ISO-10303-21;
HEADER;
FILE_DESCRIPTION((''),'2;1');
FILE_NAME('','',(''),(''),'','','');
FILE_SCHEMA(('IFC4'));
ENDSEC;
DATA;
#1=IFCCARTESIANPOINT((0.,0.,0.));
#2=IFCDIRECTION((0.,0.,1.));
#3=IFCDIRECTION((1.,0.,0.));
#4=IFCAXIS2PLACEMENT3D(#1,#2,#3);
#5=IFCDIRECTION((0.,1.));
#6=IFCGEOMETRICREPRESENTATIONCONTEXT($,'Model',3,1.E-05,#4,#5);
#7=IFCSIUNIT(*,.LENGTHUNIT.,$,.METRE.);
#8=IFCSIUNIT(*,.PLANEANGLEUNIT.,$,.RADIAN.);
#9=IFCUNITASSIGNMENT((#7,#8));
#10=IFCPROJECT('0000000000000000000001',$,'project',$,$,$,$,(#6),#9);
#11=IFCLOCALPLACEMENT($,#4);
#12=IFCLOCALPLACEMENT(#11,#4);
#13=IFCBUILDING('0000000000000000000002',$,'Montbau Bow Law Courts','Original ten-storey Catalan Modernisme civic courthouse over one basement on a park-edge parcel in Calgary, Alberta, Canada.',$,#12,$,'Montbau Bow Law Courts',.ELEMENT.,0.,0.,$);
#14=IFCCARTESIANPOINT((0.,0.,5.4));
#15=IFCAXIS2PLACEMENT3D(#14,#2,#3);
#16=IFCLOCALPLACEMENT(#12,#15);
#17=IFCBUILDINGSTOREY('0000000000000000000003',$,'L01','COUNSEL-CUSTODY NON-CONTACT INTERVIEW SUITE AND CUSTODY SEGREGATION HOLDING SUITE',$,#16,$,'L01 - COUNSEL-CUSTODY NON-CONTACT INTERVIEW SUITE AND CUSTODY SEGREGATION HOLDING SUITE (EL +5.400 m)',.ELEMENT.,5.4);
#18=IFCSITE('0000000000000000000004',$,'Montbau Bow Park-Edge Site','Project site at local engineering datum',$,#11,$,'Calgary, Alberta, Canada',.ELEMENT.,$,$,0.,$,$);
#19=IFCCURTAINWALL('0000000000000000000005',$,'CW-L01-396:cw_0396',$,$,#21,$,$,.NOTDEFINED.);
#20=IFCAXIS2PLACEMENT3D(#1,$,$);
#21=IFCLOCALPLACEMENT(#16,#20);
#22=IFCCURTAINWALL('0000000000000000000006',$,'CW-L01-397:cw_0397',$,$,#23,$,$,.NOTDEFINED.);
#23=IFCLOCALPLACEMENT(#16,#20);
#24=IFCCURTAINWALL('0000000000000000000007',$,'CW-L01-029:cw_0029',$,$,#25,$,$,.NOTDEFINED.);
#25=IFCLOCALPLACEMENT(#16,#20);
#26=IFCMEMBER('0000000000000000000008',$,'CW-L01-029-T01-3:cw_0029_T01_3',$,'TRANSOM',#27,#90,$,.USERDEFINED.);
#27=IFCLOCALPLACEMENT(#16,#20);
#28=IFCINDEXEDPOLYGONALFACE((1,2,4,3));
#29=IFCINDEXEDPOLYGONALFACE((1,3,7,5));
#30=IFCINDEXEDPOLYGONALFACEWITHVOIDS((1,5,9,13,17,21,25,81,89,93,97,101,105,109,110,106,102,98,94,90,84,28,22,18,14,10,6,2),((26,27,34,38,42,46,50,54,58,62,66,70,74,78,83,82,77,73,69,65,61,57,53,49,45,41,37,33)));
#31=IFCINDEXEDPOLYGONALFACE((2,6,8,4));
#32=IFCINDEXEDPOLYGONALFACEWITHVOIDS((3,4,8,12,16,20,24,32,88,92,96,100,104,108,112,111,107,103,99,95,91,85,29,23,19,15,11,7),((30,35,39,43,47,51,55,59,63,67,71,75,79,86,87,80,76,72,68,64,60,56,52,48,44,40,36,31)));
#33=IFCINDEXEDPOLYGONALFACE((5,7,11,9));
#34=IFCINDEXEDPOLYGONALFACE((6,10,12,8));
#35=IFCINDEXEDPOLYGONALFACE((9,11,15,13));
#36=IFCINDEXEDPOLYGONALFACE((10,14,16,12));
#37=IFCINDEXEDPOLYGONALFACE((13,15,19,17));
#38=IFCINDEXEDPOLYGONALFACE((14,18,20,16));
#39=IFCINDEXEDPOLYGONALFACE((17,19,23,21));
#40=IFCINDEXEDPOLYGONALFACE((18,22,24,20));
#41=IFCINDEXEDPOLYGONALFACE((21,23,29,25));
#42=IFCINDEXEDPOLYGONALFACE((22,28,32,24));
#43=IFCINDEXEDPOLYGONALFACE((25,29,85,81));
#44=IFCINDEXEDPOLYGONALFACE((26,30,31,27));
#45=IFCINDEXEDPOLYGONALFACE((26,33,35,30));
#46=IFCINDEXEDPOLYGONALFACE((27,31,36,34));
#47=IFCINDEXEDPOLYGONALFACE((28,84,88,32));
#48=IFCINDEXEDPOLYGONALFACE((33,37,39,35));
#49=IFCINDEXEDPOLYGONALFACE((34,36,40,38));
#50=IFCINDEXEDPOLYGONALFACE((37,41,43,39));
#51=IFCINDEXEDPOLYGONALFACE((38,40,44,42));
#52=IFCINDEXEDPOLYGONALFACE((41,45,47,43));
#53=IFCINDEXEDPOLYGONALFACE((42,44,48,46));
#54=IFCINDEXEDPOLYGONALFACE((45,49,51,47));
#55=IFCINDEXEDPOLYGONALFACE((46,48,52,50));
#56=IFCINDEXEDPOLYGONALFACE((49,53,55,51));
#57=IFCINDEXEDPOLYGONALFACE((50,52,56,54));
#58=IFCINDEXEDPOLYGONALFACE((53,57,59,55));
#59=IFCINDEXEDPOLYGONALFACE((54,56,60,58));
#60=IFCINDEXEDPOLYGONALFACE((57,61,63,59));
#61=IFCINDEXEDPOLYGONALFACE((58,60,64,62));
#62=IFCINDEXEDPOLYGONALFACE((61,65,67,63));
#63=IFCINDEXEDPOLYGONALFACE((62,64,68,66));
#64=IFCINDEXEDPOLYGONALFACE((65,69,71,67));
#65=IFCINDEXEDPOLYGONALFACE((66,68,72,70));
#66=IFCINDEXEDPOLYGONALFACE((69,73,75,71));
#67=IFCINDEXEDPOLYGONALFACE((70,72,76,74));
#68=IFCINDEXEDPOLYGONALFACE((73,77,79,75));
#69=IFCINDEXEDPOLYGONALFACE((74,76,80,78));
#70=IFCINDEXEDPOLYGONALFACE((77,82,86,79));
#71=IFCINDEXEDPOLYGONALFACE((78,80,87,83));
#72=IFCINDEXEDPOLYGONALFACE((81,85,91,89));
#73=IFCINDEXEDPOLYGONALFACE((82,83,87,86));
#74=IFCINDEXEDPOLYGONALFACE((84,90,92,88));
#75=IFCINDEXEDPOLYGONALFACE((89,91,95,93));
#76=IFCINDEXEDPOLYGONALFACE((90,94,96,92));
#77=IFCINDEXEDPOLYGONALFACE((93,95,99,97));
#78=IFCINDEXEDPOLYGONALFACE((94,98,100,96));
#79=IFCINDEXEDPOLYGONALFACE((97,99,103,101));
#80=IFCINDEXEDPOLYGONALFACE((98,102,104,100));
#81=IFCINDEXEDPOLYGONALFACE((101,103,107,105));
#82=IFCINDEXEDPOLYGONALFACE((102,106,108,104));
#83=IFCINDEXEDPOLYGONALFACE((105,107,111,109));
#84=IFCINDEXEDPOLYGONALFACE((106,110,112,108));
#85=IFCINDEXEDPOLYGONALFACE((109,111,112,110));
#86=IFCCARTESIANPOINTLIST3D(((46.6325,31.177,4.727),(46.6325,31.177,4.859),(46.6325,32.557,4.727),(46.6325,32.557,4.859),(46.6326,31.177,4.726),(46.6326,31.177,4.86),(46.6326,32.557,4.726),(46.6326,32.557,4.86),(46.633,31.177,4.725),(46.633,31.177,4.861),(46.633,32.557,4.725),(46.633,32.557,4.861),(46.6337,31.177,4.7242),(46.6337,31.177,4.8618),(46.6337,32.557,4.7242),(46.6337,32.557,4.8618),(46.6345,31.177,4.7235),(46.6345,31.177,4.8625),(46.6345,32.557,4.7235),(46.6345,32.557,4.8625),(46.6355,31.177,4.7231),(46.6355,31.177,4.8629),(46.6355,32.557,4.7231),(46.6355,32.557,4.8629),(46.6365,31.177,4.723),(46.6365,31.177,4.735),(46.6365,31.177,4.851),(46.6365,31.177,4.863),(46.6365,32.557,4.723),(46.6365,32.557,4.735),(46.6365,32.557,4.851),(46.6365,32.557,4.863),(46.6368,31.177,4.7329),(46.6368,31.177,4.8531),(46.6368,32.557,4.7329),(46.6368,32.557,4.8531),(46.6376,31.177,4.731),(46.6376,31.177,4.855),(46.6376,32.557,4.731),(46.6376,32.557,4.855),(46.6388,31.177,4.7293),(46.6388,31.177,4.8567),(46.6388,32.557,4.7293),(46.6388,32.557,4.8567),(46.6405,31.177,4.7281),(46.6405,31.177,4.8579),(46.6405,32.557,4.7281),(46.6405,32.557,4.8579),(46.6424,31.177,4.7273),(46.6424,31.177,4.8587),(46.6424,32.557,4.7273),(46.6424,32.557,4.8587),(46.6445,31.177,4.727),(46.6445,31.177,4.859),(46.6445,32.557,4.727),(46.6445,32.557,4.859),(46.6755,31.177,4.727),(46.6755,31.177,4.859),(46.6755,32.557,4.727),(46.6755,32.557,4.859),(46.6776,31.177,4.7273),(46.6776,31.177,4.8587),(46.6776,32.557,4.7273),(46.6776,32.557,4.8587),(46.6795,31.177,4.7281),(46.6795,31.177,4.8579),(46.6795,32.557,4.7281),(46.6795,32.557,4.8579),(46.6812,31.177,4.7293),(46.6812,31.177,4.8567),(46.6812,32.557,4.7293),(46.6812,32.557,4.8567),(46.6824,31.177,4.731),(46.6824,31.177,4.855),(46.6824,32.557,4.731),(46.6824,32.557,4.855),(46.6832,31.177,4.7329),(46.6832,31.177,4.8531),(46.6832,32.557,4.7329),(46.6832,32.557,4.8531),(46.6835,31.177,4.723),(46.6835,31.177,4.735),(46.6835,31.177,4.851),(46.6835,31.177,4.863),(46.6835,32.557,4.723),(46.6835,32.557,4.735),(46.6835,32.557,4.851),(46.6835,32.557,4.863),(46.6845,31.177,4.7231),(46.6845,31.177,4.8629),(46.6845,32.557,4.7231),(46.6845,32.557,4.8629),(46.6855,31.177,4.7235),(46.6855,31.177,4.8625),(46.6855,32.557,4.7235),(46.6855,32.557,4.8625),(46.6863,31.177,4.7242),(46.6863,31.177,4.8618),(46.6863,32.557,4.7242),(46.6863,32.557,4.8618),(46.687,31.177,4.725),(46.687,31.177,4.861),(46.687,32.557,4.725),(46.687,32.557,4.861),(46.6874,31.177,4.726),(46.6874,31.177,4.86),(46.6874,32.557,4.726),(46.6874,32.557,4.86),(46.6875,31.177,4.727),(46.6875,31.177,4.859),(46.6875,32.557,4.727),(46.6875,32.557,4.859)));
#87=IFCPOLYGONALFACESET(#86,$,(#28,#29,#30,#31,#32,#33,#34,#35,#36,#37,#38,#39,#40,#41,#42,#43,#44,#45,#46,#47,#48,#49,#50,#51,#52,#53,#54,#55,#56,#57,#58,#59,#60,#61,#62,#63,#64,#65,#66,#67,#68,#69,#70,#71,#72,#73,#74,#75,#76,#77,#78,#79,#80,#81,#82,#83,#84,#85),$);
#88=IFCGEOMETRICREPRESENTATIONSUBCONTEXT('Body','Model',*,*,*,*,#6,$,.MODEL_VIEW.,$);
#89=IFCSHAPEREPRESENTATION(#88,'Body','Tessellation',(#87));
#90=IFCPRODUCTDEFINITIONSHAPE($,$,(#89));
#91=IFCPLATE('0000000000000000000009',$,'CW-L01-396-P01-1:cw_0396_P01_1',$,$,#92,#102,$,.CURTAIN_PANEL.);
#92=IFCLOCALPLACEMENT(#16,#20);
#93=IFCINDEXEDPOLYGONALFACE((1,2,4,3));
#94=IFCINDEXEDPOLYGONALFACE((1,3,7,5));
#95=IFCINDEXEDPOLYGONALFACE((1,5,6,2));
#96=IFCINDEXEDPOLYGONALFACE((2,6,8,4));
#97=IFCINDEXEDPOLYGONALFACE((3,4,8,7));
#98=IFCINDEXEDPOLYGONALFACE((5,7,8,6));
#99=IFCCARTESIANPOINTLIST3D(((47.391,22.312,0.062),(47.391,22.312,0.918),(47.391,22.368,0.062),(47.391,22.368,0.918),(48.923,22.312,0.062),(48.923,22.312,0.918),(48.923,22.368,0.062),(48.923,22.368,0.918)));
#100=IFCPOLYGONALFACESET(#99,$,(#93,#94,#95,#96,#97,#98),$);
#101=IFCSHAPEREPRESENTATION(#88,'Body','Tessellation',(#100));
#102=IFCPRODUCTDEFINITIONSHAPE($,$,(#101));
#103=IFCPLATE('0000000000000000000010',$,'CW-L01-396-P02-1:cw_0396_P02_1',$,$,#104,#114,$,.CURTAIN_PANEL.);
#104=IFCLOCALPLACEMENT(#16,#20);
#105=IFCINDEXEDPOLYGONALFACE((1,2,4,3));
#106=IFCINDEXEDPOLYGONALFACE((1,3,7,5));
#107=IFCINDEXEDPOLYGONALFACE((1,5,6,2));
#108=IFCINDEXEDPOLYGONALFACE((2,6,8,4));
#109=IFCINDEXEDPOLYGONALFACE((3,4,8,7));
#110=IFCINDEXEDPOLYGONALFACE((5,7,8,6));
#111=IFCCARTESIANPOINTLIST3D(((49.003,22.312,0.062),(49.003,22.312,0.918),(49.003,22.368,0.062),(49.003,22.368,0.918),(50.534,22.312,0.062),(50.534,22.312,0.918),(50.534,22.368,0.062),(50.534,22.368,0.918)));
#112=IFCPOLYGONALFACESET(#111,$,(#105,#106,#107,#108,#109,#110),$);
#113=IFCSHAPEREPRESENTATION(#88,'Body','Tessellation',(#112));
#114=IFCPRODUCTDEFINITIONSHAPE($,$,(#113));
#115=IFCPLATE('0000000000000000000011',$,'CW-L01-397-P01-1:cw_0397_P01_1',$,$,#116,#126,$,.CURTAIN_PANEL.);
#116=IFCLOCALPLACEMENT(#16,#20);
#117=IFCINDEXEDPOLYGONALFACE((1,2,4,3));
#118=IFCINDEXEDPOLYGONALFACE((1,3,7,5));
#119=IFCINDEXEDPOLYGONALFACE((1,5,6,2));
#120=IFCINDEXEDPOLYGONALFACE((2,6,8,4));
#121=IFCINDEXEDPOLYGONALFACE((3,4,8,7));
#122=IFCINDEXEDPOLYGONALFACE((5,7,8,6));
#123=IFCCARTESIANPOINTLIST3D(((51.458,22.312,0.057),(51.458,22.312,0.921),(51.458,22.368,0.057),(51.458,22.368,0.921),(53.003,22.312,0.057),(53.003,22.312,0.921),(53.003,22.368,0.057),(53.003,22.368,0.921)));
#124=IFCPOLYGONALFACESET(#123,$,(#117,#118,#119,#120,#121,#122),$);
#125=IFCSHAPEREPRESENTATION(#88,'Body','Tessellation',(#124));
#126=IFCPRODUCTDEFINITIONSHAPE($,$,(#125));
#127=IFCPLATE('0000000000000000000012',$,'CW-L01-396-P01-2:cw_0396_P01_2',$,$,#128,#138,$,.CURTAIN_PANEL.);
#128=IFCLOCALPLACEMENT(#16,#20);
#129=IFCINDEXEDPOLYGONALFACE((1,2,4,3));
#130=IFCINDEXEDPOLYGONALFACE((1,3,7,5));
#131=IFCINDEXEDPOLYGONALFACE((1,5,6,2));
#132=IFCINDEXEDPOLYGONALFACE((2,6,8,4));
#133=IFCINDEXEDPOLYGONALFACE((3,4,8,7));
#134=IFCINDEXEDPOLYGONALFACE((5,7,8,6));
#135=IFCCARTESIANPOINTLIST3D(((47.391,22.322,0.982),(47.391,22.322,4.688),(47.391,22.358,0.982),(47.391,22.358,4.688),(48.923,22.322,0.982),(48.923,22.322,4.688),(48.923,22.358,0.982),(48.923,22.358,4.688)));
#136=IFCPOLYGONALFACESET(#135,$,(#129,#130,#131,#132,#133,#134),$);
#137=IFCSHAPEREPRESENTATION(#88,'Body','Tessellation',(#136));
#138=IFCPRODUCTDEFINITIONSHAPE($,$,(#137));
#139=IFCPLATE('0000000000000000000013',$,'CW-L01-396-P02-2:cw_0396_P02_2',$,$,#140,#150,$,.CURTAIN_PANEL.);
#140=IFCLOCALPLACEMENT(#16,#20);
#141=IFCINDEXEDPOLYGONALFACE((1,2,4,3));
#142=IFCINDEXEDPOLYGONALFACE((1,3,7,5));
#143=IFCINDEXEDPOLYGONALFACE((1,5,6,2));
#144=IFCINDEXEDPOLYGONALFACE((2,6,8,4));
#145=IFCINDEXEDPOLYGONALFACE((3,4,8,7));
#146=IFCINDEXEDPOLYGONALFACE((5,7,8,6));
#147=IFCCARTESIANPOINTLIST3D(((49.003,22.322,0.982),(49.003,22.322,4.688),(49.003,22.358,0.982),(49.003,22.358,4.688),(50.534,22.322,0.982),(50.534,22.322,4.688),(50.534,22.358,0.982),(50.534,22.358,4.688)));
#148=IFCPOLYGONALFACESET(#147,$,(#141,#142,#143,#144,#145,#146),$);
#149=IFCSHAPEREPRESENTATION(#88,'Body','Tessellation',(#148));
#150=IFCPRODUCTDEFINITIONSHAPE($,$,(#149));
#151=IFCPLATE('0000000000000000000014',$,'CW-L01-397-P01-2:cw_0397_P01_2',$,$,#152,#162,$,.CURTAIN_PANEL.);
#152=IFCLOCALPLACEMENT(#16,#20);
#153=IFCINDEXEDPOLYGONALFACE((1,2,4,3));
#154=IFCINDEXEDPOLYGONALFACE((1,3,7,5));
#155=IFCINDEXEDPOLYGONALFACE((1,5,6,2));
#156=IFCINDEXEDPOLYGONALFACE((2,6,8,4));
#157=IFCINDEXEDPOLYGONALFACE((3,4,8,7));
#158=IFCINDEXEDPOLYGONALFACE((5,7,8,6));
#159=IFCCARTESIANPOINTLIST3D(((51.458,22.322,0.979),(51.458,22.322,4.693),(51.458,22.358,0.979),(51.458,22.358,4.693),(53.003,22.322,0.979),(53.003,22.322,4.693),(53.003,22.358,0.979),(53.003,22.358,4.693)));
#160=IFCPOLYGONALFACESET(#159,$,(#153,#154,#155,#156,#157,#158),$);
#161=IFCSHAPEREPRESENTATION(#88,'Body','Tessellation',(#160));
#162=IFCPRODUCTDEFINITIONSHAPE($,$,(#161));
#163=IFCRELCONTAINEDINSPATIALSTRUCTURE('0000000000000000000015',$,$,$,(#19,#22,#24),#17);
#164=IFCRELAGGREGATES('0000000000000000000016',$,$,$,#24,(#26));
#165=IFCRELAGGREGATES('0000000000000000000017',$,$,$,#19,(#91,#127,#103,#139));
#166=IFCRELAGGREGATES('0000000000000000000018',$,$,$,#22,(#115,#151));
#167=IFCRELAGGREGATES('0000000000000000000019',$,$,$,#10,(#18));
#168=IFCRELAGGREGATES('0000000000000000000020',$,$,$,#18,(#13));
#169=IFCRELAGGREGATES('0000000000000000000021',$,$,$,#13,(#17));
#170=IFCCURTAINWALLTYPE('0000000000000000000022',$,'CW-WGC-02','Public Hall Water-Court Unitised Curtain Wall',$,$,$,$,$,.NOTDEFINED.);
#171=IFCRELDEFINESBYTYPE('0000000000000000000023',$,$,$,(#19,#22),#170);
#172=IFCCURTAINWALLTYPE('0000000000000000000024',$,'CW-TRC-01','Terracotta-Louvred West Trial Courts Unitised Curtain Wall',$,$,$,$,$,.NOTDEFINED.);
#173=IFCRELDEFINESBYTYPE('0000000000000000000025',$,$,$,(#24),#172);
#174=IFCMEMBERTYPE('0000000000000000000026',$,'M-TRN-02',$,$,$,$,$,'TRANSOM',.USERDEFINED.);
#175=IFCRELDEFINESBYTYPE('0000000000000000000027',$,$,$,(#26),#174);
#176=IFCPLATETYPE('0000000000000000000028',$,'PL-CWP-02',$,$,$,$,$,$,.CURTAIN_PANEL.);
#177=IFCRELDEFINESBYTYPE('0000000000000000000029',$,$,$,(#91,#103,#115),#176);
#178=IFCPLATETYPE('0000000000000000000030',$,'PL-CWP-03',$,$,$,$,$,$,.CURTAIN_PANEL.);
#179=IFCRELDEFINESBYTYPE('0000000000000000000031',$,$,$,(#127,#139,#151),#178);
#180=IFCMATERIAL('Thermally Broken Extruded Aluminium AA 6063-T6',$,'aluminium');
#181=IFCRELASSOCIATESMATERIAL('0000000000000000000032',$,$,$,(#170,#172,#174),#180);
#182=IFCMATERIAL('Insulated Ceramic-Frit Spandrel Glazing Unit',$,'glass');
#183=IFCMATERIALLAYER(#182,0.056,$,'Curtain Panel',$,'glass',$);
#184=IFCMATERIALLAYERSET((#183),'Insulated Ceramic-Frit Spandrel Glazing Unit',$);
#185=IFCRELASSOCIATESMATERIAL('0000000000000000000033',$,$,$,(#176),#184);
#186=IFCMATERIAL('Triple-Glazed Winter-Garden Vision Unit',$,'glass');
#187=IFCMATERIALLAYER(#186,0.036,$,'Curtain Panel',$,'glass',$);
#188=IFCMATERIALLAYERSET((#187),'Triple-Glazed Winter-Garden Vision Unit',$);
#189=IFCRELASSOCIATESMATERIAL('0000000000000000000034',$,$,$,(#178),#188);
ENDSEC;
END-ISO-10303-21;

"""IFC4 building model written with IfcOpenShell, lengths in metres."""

from ifc_helpers import new_model, si_unit, direction, frame, frame_2d, origin_with_axes, origin_2d_with_axis, place, context, subcontext, project, spatial, rectangle, hollow_rectangle, extrude, material, layer, layer_set, material_profile, profile_set, type_object, element, aggregate, save


model = new_model("IFC4")

# Units and contexts
model_context = context("Model", 3, precision=1e-05, world=origin_with_axes(), true_north=direction((0.0, 1.0)))
body_context = subcontext(model_context, "Body", "Model", "MODEL_VIEW")
ifc_project = project(units=[si_unit("LENGTHUNIT", "METRE"), si_unit("PLANEANGLEUNIT", "RADIAN")], contexts=[model_context])

# Site, building, storey
site_placement = place(None, origin_with_axes())
site = spatial("IfcSite", under=ifc_project, at=site_placement, Name="Montbau Bow Park-Edge Site", Description="Project site at local engineering datum", LongName="Calgary, Alberta, Canada", CompositionType="ELEMENT", RefElevation=0.0)
building_placement = place(site_placement, origin_with_axes())
building = spatial("IfcBuilding", under=site, at=building_placement, Name="Montbau Bow Law Courts", Description="Original ten-storey Catalan Modernisme civic courthouse over one basement on a park-edge parcel in Calgary, Alberta, Canada.", LongName="Montbau Bow Law Courts", CompositionType="ELEMENT", ElevationOfRefHeight=0.0, ElevationOfTerrain=0.0)
storey_placement = place(building_placement, frame((0.0, 0.0, 5.4), z_axis=(0.0, 0.0, 1.0), x_axis=(1.0, 0.0, 0.0)))
storey = spatial("IfcBuildingStorey", under=building, at=storey_placement, Name="L01", Description="COUNSEL-CUSTODY NON-CONTACT INTERVIEW SUITE AND CUSTODY SEGREGATION HOLDING SUITE", LongName="L01 - COUNSEL-CUSTODY NON-CONTACT INTERVIEW SUITE AND CUSTODY SEGREGATION HOLDING SUITE (EL +5.400 m)", CompositionType="ELEMENT", Elevation=5.4)

# Curtain wall
ifc_material_1 = material(Name="Thermally Broken Extruded Aluminium AA 6063-T6", Category="aluminium")
curtain_wall_type_1 = type_object("IfcCurtainWallType", Name="CW-WGC-02", Description="Public Hall Water-Court Unitised Curtain Wall", PredefinedType="NOTDEFINED", material=ifc_material_1)
curtain_wall_1_placement = place(None, frame((47.315, 22.34, 5.4), z_axis=(0.0, 0.0, 1.0), x_axis=(1.0, 0.0, 0.0)))
curtain_wall_1 = element("IfcCurtainWall", 1, at=curtain_wall_1_placement, inside=storey, type_object=curtain_wall_type_1, Name="CW-L01-396:cw_0396", PredefinedType="NOTDEFINED")

# Curtain wall
curtain_wall_2_placement = place(None, frame((51.39, 22.34, 5.4), z_axis=(0.0, 0.0, 1.0), x_axis=(1.0, 0.0, 0.0)))
curtain_wall_2 = element("IfcCurtainWall", 2, at=curtain_wall_2_placement, inside=storey, type_object=curtain_wall_type_1, Name="CW-L01-397:cw_0397", PredefinedType="NOTDEFINED")

# Curtain wall, member
curtain_wall_type_2 = type_object("IfcCurtainWallType", Name="CW-TRC-01", Description="Terracotta-Louvred West Trial Courts Unitised Curtain Wall", PredefinedType="NOTDEFINED", material=ifc_material_1)
curtain_wall_3_placement = place(None, frame((46.66, 31.115, 5.4), z_axis=(0.0, 0.0, 1.0), x_axis=(1.0, 0.0, 0.0)))
curtain_wall_3 = element("IfcCurtainWall", 3, at=curtain_wall_3_placement, inside=storey, type_object=curtain_wall_type_2, Name="CW-L01-029:cw_0029", PredefinedType="NOTDEFINED")
ifc_material_profile_1 = material_profile(ifc_material_1, hollow_rectangle(XDim=0.055, YDim=0.14, WallThickness=0.004, InnerFilletRadius=0.008, OuterFilletRadius=0.004, at=origin_2d_with_axis()), Name="CWT-140X55", Category="Main", Priority=0)
ifc_profile_set_1 = profile_set([ifc_material_profile_1], Name="Thermally Broken Extruded Aluminium AA 6063-T6")
member_type_1 = type_object("IfcMemberType", Name="M-TRN-02", ElementType="TRANSOM", PredefinedType="USERDEFINED", material=ifc_profile_set_1)
member_1_placement = place(None, frame((46.66, 31.177, 10.193), z_axis=(0.0, 1.0, 0.0), x_axis=(-1.0, 0.0, 0.0)))
member_1 = element("IfcMember", 4, at=member_1_placement, type_object=member_type_1, Name="CW-L01-029-T01-3:cw_0029_T01_3", ObjectType="TRANSOM", PredefinedType="USERDEFINED", context=body_context, shape_type="SweptSolid", body=[
    extrude(hollow_rectangle(XDim=0.055, YDim=0.14, WallThickness=0.004, InnerFilletRadius=0.008, OuterFilletRadius=0.004, at=origin_2d_with_axis()), origin_with_axes(), (0.0, 0.0, 1.0), 1.38),
])
aggregate(curtain_wall_3, [member_1])

# Plates
ifc_material_2 = material(Name="Insulated Ceramic-Frit Spandrel Glazing Unit", Category="glass")
ifc_layer_1 = layer(ifc_material_2, 0.056, Name="Curtain Panel", Category="glass")
ifc_layer_set_1 = layer_set([ifc_layer_1], Name="Insulated Ceramic-Frit Spandrel Glazing Unit")
plate_type_1 = type_object("IfcPlateType", Name="PL-CWP-02", PredefinedType="CURTAIN_PANEL", material=ifc_layer_set_1)
plate_1_placement = place(None, frame((47.391, 22.34, 5.462), z_axis=(0.0, -1.0, 0.0), x_axis=(1.0, 0.0, 0.0)))
plate_1 = element("IfcPlate", 5, at=plate_1_placement, type_object=plate_type_1, Name="CW-L01-396-P01-1:cw_0396_P01_1", PredefinedType="CURTAIN_PANEL", context=body_context, shape_type="SweptSolid", body=[
    extrude(rectangle(XDim=1.532, YDim=0.856, at=frame_2d((0.766, 0.428), x_axis=(1.0, 0.0))), frame((0.0, 0.0, -0.028), z_axis=(0.0, 0.0, 1.0), x_axis=(1.0, 0.0, 0.0)), (0.0, 0.0, 1.0), 0.056),
])
plate_2_placement = place(None, frame((49.003, 22.34, 5.462), z_axis=(0.0, -1.0, 0.0), x_axis=(1.0, 0.0, 0.0)))
plate_2 = element("IfcPlate", 6, at=plate_2_placement, type_object=plate_type_1, Name="CW-L01-396-P02-1:cw_0396_P02_1", PredefinedType="CURTAIN_PANEL", context=body_context, shape_type="SweptSolid", body=[
    extrude(rectangle(XDim=1.531, YDim=0.856, at=frame_2d((0.7655, 0.428), x_axis=(1.0, 0.0))), frame((0.0, 0.0, -0.028), z_axis=(0.0, 0.0, 1.0), x_axis=(1.0, 0.0, 0.0)), (0.0, 0.0, 1.0), 0.056),
])
plate_3_placement = place(None, frame((51.458, 22.34, 5.457), z_axis=(0.0, -1.0, 0.0), x_axis=(1.0, 0.0, 0.0)))
plate_3 = element("IfcPlate", 7, at=plate_3_placement, type_object=plate_type_1, Name="CW-L01-397-P01-1:cw_0397_P01_1", PredefinedType="CURTAIN_PANEL", context=body_context, shape_type="SweptSolid", body=[
    extrude(rectangle(XDim=1.545, YDim=0.864, at=frame_2d((0.7725, 0.432), x_axis=(1.0, 0.0))), frame((0.0, 0.0, -0.028), z_axis=(0.0, 0.0, 1.0), x_axis=(1.0, 0.0, 0.0)), (0.0, 0.0, 1.0), 0.056),
])
ifc_material_3 = material(Name="Triple-Glazed Winter-Garden Vision Unit", Category="glass")
ifc_layer_2 = layer(ifc_material_3, 0.036, Name="Curtain Panel", Category="glass")
ifc_layer_set_2 = layer_set([ifc_layer_2], Name="Triple-Glazed Winter-Garden Vision Unit")
plate_type_2 = type_object("IfcPlateType", Name="PL-CWP-03", PredefinedType="CURTAIN_PANEL", material=ifc_layer_set_2)
plate_4_placement = place(None, frame((47.391, 22.34, 6.382), z_axis=(0.0, -1.0, 0.0), x_axis=(1.0, 0.0, 0.0)))
plate_4 = element("IfcPlate", 8, at=plate_4_placement, type_object=plate_type_2, Name="CW-L01-396-P01-2:cw_0396_P01_2", PredefinedType="CURTAIN_PANEL", context=body_context, shape_type="SweptSolid", body=[
    extrude(rectangle(XDim=1.532, YDim=3.706, at=frame_2d((0.766, 1.853), x_axis=(1.0, 0.0))), frame((0.0, 0.0, -0.018), z_axis=(0.0, 0.0, 1.0), x_axis=(1.0, 0.0, 0.0)), (0.0, 0.0, 1.0), 0.036),
])
plate_5_placement = place(None, frame((49.003, 22.34, 6.382), z_axis=(0.0, -1.0, 0.0), x_axis=(1.0, 0.0, 0.0)))
plate_5 = element("IfcPlate", 9, at=plate_5_placement, type_object=plate_type_2, Name="CW-L01-396-P02-2:cw_0396_P02_2", PredefinedType="CURTAIN_PANEL", context=body_context, shape_type="SweptSolid", body=[
    extrude(rectangle(XDim=1.531, YDim=3.706, at=frame_2d((0.7655, 1.853), x_axis=(1.0, 0.0))), frame((0.0, 0.0, -0.018), z_axis=(0.0, 0.0, 1.0), x_axis=(1.0, 0.0, 0.0)), (0.0, 0.0, 1.0), 0.036),
])
aggregate(curtain_wall_1, [plate_1, plate_4, plate_2, plate_5])
plate_6_placement = place(None, frame((51.458, 22.34, 6.379), z_axis=(0.0, -1.0, 0.0), x_axis=(1.0, 0.0, 0.0)))
plate_6 = element("IfcPlate", 10, at=plate_6_placement, type_object=plate_type_2, Name="CW-L01-397-P01-2:cw_0397_P01_2", PredefinedType="CURTAIN_PANEL", context=body_context, shape_type="SweptSolid", body=[
    extrude(rectangle(XDim=1.545, YDim=3.714, at=frame_2d((0.7725, 1.857), x_axis=(1.0, 0.0))), frame((0.0, 0.0, -0.018), z_axis=(0.0, 0.0, 1.0), x_axis=(1.0, 0.0, 0.0)), (0.0, 0.0, 1.0), 0.036),
])
aggregate(curtain_wall_2, [plate_3, plate_6])

save(model, "model.ifc")
